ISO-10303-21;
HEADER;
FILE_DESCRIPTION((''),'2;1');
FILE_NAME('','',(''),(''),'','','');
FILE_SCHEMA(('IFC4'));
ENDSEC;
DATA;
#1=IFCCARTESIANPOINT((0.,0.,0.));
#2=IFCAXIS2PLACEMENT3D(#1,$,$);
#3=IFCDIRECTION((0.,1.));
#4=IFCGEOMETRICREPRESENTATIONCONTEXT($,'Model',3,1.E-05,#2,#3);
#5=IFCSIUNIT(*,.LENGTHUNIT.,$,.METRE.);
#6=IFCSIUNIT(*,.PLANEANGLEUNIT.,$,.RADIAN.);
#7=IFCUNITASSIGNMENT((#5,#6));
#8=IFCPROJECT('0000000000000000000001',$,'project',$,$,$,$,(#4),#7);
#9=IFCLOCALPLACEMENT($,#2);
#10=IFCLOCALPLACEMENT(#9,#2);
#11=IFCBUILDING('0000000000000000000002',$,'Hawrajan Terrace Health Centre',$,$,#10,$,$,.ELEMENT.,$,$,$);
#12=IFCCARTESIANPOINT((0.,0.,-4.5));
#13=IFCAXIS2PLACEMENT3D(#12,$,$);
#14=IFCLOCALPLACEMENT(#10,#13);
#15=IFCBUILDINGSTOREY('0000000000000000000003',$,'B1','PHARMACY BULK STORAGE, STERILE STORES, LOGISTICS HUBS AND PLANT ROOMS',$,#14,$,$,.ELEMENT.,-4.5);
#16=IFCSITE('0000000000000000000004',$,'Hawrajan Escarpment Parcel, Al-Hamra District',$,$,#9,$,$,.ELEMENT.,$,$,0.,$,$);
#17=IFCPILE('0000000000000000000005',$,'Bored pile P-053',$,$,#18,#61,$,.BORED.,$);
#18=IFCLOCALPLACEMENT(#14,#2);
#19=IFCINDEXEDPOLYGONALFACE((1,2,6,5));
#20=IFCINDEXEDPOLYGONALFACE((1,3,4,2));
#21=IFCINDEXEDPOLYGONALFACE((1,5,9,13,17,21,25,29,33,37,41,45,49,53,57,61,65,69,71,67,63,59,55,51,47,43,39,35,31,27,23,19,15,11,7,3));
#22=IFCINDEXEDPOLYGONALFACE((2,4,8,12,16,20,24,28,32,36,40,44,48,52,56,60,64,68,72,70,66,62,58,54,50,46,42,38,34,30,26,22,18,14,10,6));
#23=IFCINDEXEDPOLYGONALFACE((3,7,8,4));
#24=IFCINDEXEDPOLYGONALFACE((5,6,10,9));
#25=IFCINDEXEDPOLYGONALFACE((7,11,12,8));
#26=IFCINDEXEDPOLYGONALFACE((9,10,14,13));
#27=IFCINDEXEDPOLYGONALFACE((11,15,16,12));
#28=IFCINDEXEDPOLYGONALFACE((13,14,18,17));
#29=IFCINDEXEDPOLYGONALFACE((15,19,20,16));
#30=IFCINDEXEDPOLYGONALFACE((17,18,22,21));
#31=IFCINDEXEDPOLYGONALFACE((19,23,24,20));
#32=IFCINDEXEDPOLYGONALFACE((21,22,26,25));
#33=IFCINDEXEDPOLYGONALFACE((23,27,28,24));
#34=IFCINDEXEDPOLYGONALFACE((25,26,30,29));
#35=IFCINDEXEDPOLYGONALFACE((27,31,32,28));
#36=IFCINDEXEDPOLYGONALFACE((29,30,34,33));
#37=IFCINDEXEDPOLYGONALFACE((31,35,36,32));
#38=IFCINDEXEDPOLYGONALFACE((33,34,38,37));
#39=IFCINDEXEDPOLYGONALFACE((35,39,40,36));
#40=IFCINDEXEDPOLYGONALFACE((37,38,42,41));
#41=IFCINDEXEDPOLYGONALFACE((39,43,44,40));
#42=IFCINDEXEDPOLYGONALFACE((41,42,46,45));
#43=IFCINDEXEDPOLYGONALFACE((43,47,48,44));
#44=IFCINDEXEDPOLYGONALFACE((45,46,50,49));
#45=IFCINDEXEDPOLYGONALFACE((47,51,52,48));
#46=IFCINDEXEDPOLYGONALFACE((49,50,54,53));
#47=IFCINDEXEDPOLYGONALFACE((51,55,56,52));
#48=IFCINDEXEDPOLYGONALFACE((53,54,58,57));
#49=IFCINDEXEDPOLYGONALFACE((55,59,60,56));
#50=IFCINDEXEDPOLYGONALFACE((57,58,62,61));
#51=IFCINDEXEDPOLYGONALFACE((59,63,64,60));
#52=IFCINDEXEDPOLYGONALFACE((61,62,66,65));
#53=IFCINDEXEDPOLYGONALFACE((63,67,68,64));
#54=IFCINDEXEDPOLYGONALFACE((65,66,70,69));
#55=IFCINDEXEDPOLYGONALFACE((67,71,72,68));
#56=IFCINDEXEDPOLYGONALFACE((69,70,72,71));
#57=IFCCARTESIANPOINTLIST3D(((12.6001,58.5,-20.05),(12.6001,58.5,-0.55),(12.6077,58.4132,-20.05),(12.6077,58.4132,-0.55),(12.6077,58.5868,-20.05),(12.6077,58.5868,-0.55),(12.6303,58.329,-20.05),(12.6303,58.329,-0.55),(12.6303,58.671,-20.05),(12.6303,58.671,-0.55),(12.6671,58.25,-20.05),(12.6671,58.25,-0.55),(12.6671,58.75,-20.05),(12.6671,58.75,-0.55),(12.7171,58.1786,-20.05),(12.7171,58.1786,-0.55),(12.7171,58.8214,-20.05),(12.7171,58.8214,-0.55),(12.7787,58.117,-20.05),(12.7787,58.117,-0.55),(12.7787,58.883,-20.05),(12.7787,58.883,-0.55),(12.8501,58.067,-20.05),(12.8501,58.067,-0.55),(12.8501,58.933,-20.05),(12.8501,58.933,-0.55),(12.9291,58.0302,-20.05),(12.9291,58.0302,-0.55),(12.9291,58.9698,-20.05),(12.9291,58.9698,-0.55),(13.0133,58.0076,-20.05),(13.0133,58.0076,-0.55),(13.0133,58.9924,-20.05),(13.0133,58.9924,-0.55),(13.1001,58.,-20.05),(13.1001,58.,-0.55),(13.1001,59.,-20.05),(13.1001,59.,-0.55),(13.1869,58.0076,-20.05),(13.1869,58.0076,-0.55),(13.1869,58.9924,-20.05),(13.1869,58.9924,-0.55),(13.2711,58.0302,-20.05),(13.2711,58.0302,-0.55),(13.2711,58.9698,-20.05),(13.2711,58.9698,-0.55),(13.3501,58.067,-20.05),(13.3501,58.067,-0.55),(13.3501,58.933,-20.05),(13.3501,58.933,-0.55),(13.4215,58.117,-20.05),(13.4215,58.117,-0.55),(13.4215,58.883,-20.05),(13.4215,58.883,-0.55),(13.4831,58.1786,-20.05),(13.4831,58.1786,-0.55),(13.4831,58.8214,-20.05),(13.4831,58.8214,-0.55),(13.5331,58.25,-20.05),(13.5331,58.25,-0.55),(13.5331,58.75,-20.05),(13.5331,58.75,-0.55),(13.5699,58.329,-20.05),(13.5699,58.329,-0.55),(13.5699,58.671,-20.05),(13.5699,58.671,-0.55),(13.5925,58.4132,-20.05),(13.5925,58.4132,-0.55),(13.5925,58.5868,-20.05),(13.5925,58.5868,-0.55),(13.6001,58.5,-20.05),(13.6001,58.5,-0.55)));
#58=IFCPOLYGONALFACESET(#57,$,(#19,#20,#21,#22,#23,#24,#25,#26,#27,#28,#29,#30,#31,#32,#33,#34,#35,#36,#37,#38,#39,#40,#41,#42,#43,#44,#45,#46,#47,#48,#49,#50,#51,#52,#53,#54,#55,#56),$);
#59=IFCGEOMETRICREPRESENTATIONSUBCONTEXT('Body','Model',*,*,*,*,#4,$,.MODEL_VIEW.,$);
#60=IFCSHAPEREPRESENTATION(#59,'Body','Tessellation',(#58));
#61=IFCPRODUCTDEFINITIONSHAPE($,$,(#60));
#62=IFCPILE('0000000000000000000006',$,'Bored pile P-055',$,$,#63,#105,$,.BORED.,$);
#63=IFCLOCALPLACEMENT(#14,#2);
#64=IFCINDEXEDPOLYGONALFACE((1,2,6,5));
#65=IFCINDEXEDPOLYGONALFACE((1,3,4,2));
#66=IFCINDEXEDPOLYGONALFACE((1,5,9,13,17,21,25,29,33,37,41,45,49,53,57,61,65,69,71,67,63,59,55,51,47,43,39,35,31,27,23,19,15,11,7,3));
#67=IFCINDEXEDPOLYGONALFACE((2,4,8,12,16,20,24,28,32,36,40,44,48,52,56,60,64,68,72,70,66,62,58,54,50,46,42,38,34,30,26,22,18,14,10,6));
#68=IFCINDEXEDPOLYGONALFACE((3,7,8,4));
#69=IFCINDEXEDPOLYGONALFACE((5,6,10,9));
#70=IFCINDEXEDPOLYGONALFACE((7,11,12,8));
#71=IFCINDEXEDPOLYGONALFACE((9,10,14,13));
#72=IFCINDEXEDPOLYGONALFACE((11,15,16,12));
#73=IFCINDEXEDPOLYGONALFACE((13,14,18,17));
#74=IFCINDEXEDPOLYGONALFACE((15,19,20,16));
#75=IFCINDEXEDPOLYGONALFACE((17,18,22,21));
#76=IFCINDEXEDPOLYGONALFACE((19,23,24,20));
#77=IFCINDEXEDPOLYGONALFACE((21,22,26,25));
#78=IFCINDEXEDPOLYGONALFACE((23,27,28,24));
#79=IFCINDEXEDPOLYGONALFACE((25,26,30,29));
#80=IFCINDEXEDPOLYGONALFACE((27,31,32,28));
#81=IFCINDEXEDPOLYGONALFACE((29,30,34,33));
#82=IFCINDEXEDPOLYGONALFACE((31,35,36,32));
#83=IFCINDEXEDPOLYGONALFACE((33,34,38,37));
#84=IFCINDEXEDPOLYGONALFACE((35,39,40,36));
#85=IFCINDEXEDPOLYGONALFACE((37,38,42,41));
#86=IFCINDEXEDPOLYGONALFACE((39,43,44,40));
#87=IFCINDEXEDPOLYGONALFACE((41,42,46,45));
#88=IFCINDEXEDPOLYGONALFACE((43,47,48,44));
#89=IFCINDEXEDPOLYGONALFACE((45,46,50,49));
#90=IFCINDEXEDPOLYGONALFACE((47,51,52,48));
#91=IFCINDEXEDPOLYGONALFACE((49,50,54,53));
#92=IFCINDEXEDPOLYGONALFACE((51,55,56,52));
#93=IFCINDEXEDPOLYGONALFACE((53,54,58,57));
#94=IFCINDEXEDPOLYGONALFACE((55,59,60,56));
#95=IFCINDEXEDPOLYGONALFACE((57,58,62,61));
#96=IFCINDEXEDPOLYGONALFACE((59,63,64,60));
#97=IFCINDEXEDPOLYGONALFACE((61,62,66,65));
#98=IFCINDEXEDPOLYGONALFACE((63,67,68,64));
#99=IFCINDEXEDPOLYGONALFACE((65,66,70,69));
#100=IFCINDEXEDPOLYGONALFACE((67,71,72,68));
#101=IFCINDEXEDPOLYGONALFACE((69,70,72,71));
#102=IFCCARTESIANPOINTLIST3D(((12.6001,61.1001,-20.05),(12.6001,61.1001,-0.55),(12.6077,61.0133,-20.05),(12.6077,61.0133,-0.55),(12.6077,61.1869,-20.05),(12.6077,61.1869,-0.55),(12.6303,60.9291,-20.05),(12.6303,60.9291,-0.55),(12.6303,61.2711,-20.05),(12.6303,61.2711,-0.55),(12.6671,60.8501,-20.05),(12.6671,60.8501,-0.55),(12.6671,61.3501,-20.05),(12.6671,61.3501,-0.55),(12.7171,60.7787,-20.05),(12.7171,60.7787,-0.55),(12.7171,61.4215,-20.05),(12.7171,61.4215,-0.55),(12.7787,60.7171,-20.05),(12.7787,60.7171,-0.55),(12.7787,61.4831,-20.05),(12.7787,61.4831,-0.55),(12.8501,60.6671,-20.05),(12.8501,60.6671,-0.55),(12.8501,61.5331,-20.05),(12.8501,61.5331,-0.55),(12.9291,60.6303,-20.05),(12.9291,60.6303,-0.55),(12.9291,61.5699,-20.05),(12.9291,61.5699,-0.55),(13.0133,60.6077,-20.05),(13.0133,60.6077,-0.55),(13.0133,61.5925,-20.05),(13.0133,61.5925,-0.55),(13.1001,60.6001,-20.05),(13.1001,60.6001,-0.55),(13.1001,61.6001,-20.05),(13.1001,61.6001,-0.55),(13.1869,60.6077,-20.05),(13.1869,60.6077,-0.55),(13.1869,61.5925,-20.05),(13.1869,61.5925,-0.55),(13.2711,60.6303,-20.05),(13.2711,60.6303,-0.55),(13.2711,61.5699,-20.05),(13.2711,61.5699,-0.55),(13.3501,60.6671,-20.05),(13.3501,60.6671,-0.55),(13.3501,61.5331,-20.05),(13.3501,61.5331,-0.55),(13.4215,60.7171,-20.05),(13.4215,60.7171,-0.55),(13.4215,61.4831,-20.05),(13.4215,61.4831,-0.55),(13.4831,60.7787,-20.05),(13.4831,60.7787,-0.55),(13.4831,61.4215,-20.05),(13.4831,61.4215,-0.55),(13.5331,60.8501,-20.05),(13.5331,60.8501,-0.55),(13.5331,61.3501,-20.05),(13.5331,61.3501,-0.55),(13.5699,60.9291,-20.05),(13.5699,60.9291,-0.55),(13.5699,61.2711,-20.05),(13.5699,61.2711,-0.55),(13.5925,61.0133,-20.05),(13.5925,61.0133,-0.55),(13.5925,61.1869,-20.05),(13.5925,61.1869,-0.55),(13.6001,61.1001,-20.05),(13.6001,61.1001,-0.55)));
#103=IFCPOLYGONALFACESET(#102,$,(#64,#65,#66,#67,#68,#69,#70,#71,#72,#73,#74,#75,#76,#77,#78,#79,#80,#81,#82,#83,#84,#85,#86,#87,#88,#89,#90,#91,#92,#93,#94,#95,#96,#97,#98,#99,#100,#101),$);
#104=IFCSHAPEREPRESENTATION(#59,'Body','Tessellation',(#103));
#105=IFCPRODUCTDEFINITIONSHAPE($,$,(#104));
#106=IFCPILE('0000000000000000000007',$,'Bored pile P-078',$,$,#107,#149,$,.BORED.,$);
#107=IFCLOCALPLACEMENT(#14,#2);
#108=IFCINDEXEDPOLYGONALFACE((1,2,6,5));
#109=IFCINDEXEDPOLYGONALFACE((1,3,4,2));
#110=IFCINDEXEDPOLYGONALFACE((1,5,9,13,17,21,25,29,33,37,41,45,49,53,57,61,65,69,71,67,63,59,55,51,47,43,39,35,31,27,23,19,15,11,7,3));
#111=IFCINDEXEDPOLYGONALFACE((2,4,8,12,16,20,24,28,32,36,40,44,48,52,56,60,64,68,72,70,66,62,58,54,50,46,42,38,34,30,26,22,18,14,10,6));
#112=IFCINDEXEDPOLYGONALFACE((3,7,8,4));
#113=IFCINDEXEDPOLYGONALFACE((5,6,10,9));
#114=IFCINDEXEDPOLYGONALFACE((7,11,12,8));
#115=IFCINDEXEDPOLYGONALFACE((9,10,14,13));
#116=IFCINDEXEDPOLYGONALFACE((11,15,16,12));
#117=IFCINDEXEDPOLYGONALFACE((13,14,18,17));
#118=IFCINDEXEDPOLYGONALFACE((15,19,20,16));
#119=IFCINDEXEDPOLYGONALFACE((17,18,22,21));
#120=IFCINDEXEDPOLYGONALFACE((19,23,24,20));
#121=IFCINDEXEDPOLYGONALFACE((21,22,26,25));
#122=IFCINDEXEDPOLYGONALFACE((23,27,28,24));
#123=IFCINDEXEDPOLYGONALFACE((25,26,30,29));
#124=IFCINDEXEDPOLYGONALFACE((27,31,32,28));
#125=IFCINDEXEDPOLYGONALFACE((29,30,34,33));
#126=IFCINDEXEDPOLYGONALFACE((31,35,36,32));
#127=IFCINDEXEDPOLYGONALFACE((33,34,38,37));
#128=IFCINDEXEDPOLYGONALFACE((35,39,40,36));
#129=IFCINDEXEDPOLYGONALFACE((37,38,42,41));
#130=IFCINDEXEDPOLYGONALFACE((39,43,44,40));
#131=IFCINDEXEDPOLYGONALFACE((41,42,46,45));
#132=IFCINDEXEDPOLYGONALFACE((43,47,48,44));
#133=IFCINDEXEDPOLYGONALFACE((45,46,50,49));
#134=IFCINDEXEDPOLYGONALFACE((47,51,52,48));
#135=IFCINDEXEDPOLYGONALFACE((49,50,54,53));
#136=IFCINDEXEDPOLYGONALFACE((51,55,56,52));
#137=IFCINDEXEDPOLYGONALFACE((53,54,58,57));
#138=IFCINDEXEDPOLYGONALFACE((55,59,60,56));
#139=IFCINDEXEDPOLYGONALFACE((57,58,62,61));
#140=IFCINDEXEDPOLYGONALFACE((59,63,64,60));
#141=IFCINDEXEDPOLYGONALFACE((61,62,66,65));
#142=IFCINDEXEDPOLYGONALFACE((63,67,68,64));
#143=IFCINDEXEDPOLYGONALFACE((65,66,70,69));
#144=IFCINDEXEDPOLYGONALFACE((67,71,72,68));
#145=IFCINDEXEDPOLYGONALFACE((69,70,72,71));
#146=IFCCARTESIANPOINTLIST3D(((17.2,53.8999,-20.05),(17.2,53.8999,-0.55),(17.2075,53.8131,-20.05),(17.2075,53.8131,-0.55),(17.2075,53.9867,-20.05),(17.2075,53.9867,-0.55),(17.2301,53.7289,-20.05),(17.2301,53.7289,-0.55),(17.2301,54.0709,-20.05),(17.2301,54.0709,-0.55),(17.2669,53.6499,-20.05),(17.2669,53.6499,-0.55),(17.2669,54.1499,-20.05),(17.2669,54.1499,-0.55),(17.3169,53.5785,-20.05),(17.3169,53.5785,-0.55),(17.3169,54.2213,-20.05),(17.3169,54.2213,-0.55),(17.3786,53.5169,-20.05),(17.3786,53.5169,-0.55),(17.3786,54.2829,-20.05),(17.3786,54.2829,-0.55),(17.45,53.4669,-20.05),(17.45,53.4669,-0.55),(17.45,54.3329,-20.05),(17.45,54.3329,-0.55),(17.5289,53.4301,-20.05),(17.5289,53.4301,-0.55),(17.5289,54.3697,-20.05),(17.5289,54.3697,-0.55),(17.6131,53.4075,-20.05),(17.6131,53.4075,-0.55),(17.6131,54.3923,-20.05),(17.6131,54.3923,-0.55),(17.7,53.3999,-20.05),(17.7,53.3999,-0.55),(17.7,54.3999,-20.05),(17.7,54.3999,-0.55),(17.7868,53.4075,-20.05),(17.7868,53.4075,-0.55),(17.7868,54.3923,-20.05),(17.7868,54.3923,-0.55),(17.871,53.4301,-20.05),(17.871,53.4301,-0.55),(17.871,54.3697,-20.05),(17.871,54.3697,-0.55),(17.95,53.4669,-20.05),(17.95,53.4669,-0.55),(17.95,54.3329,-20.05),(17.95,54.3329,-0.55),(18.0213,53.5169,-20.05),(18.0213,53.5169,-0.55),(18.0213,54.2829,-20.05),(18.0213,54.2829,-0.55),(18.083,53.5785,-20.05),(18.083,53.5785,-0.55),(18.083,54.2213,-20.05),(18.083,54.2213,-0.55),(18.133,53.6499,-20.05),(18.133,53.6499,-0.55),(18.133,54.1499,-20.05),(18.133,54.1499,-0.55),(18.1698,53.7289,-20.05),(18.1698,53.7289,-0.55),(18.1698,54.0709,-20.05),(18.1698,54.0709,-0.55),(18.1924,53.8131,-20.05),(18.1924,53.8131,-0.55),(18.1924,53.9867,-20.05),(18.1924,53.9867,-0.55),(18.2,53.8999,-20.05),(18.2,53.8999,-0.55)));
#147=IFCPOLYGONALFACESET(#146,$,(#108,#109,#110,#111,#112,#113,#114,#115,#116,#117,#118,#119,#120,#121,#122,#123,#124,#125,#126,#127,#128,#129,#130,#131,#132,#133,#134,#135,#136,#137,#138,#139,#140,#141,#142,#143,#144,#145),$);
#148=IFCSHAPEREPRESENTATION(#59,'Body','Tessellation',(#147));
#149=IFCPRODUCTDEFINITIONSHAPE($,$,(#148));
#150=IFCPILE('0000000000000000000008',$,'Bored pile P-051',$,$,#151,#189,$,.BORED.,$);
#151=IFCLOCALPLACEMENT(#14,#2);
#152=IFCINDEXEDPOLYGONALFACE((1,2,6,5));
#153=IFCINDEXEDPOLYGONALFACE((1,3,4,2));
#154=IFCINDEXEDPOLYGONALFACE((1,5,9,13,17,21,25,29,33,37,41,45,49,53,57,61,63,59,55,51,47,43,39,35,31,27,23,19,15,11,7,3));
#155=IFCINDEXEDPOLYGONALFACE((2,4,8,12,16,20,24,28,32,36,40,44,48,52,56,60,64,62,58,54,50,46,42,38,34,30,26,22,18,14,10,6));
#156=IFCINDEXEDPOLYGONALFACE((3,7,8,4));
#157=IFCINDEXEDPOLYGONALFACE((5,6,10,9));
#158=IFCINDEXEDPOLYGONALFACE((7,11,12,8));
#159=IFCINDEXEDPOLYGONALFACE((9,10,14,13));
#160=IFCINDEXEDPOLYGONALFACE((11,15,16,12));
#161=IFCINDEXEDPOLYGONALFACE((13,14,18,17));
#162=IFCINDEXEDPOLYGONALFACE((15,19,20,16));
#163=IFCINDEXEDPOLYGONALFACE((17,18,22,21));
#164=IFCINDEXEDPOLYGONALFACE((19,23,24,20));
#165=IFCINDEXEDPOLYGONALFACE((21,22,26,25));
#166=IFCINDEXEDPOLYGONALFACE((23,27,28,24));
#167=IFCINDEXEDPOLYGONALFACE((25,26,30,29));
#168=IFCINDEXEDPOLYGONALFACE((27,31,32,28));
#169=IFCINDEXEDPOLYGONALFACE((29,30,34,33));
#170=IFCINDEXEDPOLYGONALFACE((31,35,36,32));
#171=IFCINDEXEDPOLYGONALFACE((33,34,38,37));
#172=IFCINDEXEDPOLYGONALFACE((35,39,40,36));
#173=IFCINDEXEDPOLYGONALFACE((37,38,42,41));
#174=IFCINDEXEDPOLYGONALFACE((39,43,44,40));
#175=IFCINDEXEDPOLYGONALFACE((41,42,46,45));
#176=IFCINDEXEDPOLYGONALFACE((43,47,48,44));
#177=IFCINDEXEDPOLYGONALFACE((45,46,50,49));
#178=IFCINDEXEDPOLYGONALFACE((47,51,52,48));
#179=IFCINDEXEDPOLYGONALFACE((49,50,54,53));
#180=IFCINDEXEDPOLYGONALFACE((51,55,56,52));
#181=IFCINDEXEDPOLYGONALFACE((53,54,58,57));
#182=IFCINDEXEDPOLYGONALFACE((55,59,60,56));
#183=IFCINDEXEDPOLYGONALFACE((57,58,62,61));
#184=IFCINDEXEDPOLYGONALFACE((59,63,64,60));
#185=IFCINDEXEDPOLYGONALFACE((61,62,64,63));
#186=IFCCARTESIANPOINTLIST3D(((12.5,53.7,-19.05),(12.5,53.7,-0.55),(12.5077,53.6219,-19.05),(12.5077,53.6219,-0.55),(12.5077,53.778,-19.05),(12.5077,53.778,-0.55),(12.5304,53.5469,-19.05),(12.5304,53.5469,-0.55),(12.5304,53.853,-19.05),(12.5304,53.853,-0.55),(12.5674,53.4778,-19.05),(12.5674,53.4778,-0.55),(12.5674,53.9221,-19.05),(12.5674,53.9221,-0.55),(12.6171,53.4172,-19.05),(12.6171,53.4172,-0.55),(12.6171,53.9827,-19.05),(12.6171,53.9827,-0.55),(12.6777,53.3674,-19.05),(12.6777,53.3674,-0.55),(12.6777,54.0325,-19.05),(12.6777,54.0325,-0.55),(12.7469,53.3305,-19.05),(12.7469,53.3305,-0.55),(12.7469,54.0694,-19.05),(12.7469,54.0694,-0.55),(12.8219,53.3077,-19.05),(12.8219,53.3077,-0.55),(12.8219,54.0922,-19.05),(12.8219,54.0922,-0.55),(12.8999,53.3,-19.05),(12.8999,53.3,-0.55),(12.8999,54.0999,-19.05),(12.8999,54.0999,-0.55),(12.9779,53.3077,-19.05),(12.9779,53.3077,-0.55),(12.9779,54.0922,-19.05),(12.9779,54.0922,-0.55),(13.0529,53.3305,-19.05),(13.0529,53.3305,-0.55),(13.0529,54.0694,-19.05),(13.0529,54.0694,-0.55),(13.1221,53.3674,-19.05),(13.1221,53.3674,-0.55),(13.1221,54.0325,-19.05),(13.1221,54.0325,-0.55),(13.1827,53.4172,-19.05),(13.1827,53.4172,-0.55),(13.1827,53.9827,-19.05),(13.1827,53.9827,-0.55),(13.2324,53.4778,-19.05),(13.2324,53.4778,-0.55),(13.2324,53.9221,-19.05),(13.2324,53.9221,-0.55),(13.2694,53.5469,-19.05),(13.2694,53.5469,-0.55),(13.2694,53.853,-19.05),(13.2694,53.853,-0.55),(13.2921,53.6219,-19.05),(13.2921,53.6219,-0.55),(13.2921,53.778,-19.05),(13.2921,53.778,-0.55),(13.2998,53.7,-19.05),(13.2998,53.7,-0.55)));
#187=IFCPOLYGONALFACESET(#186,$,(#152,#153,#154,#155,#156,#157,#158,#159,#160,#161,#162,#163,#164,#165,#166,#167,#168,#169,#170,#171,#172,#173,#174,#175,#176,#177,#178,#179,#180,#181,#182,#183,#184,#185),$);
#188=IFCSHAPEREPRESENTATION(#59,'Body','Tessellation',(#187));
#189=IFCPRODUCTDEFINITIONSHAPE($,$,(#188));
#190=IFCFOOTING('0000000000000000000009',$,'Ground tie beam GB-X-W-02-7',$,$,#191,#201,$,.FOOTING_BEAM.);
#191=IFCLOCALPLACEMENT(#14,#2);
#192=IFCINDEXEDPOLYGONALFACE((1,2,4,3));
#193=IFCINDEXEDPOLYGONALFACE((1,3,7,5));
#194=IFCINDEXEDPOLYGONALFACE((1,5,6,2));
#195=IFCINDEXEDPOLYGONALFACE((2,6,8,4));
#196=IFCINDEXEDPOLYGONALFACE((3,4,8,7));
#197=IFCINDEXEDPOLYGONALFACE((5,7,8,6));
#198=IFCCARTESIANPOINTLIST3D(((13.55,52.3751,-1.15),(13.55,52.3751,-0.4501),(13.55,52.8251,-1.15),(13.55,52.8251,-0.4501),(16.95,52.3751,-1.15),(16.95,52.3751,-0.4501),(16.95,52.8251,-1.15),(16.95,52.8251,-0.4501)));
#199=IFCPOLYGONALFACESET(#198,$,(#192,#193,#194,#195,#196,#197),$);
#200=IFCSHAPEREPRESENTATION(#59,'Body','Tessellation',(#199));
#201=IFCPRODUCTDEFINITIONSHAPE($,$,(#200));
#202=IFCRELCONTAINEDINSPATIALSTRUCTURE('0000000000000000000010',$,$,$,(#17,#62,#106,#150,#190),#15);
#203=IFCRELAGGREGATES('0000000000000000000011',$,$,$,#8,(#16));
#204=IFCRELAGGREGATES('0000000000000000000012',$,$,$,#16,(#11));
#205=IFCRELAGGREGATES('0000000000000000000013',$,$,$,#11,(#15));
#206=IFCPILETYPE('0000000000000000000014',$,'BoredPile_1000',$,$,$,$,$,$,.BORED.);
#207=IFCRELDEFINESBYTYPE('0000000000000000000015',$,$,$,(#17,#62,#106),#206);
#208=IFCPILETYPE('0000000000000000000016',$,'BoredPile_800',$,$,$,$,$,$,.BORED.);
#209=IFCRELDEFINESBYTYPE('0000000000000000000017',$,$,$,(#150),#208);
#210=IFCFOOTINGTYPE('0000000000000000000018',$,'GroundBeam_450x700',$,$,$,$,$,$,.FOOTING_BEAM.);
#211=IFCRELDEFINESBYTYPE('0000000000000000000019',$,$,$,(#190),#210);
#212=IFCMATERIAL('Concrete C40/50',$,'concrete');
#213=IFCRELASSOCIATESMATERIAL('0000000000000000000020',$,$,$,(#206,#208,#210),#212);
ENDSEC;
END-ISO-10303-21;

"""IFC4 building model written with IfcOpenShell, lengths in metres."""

from ifc_helpers import new_model, si_unit, direction, frame, origin, origin_2d, place, context, subcontext, project, spatial, rectangle, circle, extrude, material, material_profile, profile_set, type_object, element, save


model = new_model("IFC4")

# Units and contexts
model_context = context("Model", 3, precision=1e-05, world=origin(), true_north=direction((0.0, 1.0)))
body_context = subcontext(model_context, "Body", "Model", "MODEL_VIEW")
ifc_project = project(units=[si_unit("LENGTHUNIT", "METRE"), si_unit("PLANEANGLEUNIT", "RADIAN")], contexts=[model_context])

# Site, building, storey
site_placement = place(None, origin())
site = spatial("IfcSite", under=ifc_project, at=site_placement, Name="Hawrajan Escarpment Parcel, Al-Hamra District", CompositionType="ELEMENT", RefElevation=0.0)
building_placement = place(site_placement, origin())
building = spatial("IfcBuilding", under=site, at=building_placement, Name="Hawrajan Terrace Health Centre", CompositionType="ELEMENT")
storey_placement = place(building_placement, frame((0.0, 0.0, -4.5)))
storey = spatial("IfcBuildingStorey", under=building, at=storey_placement, Name="B1", Description="PHARMACY BULK STORAGE, STERILE STORES, LOGISTICS HUBS AND PLANT ROOMS", CompositionType="ELEMENT", Elevation=-4.5)

# Piles
ifc_material_1 = material(Name="Concrete C40/50", Category="concrete")
ifc_material_profile_1 = material_profile(ifc_material_1, circle(Radius=0.5, at=origin_2d()), Name="BP 1000")
ifc_profile_set_1 = profile_set([ifc_material_profile_1], Name="Concrete C40/50")
pile_type_1 = type_object("IfcPileType", Name="BoredPile_1000", PredefinedType="BORED", material=ifc_profile_set_1)
for number, where, z_axis, x_axis, name in (
    (1, (13.1001, 58.5, -0.55), (0.0, 0.0, -1.0), (1.0, 0.0, 0.0), "Bored pile P-053"),
    (2, (13.1001, 61.1001, -0.55), (0.0, 0.0, -1.0), (1.0, 0.0, 0.0), "Bored pile P-055"),
    (3, (17.7, 53.8999, -0.55), (0.0, 0.0, -1.0), (1.0, 0.0, 0.0), "Bored pile P-078"),
):
    element("IfcPile", number, at=place(storey_placement, frame(where, z_axis=z_axis, x_axis=x_axis)), inside=storey, type_object=pile_type_1, Name=name, PredefinedType="BORED", context=body_context, shape_type="SweptSolid", body=[
        extrude(circle(Radius=0.5, at=origin_2d()), origin(), (0.0, 0.0, 1.0), 19.5),
    ])
ifc_material_profile_2 = material_profile(ifc_material_1, circle(Radius=0.3999, at=origin_2d()), Name="BP 800")
ifc_profile_set_2 = profile_set([ifc_material_profile_2], Name="Concrete C40/50")
pile_type_2 = type_object("IfcPileType", Name="BoredPile_800", PredefinedType="BORED", material=ifc_profile_set_2)
pile_placement = place(storey_placement, frame((12.8999, 53.7, -0.55), z_axis=(0.0, 0.0, -1.0), x_axis=(1.0, 0.0, 0.0)))
element("IfcPile", 4, at=pile_placement, inside=storey, type_object=pile_type_2, Name="Bored pile P-051", PredefinedType="BORED", context=body_context, shape_type="SweptSolid", body=[
    extrude(circle(Radius=0.3999, at=origin_2d()), origin(), (0.0, 0.0, 1.0), 18.5),
])

# Footing
ifc_material_profile_3 = material_profile(ifc_material_1, rectangle(XDim=0.45, YDim=0.7, at=origin_2d()), Name="RC BM 450x700")
ifc_profile_set_3 = profile_set([ifc_material_profile_3], Name="Concrete C40/50")
footing_type_1 = type_object("IfcFootingType", Name="GroundBeam_450x700", PredefinedType="FOOTING_BEAM", material=ifc_profile_set_3)
for number, where, z_axis, x_axis, name in (
    (5, (13.55, 52.6001, -0.8), (1.0, 0.0, 0.0), (0.0, 1.0, 0.0), "Ground tie beam GB-X-W-02-7"),
):
    element("IfcFooting", number, at=place(storey_placement, frame(where, z_axis=z_axis, x_axis=x_axis)), inside=storey, type_object=footing_type_1, Name=name, PredefinedType="FOOTING_BEAM", context=body_context, shape_type="SweptSolid", body=[
        extrude(rectangle(XDim=0.45, YDim=0.7, at=origin_2d()), origin(), (0.0, 0.0, 1.0), 3.3999),
    ])

save(model, "model.ifc")
